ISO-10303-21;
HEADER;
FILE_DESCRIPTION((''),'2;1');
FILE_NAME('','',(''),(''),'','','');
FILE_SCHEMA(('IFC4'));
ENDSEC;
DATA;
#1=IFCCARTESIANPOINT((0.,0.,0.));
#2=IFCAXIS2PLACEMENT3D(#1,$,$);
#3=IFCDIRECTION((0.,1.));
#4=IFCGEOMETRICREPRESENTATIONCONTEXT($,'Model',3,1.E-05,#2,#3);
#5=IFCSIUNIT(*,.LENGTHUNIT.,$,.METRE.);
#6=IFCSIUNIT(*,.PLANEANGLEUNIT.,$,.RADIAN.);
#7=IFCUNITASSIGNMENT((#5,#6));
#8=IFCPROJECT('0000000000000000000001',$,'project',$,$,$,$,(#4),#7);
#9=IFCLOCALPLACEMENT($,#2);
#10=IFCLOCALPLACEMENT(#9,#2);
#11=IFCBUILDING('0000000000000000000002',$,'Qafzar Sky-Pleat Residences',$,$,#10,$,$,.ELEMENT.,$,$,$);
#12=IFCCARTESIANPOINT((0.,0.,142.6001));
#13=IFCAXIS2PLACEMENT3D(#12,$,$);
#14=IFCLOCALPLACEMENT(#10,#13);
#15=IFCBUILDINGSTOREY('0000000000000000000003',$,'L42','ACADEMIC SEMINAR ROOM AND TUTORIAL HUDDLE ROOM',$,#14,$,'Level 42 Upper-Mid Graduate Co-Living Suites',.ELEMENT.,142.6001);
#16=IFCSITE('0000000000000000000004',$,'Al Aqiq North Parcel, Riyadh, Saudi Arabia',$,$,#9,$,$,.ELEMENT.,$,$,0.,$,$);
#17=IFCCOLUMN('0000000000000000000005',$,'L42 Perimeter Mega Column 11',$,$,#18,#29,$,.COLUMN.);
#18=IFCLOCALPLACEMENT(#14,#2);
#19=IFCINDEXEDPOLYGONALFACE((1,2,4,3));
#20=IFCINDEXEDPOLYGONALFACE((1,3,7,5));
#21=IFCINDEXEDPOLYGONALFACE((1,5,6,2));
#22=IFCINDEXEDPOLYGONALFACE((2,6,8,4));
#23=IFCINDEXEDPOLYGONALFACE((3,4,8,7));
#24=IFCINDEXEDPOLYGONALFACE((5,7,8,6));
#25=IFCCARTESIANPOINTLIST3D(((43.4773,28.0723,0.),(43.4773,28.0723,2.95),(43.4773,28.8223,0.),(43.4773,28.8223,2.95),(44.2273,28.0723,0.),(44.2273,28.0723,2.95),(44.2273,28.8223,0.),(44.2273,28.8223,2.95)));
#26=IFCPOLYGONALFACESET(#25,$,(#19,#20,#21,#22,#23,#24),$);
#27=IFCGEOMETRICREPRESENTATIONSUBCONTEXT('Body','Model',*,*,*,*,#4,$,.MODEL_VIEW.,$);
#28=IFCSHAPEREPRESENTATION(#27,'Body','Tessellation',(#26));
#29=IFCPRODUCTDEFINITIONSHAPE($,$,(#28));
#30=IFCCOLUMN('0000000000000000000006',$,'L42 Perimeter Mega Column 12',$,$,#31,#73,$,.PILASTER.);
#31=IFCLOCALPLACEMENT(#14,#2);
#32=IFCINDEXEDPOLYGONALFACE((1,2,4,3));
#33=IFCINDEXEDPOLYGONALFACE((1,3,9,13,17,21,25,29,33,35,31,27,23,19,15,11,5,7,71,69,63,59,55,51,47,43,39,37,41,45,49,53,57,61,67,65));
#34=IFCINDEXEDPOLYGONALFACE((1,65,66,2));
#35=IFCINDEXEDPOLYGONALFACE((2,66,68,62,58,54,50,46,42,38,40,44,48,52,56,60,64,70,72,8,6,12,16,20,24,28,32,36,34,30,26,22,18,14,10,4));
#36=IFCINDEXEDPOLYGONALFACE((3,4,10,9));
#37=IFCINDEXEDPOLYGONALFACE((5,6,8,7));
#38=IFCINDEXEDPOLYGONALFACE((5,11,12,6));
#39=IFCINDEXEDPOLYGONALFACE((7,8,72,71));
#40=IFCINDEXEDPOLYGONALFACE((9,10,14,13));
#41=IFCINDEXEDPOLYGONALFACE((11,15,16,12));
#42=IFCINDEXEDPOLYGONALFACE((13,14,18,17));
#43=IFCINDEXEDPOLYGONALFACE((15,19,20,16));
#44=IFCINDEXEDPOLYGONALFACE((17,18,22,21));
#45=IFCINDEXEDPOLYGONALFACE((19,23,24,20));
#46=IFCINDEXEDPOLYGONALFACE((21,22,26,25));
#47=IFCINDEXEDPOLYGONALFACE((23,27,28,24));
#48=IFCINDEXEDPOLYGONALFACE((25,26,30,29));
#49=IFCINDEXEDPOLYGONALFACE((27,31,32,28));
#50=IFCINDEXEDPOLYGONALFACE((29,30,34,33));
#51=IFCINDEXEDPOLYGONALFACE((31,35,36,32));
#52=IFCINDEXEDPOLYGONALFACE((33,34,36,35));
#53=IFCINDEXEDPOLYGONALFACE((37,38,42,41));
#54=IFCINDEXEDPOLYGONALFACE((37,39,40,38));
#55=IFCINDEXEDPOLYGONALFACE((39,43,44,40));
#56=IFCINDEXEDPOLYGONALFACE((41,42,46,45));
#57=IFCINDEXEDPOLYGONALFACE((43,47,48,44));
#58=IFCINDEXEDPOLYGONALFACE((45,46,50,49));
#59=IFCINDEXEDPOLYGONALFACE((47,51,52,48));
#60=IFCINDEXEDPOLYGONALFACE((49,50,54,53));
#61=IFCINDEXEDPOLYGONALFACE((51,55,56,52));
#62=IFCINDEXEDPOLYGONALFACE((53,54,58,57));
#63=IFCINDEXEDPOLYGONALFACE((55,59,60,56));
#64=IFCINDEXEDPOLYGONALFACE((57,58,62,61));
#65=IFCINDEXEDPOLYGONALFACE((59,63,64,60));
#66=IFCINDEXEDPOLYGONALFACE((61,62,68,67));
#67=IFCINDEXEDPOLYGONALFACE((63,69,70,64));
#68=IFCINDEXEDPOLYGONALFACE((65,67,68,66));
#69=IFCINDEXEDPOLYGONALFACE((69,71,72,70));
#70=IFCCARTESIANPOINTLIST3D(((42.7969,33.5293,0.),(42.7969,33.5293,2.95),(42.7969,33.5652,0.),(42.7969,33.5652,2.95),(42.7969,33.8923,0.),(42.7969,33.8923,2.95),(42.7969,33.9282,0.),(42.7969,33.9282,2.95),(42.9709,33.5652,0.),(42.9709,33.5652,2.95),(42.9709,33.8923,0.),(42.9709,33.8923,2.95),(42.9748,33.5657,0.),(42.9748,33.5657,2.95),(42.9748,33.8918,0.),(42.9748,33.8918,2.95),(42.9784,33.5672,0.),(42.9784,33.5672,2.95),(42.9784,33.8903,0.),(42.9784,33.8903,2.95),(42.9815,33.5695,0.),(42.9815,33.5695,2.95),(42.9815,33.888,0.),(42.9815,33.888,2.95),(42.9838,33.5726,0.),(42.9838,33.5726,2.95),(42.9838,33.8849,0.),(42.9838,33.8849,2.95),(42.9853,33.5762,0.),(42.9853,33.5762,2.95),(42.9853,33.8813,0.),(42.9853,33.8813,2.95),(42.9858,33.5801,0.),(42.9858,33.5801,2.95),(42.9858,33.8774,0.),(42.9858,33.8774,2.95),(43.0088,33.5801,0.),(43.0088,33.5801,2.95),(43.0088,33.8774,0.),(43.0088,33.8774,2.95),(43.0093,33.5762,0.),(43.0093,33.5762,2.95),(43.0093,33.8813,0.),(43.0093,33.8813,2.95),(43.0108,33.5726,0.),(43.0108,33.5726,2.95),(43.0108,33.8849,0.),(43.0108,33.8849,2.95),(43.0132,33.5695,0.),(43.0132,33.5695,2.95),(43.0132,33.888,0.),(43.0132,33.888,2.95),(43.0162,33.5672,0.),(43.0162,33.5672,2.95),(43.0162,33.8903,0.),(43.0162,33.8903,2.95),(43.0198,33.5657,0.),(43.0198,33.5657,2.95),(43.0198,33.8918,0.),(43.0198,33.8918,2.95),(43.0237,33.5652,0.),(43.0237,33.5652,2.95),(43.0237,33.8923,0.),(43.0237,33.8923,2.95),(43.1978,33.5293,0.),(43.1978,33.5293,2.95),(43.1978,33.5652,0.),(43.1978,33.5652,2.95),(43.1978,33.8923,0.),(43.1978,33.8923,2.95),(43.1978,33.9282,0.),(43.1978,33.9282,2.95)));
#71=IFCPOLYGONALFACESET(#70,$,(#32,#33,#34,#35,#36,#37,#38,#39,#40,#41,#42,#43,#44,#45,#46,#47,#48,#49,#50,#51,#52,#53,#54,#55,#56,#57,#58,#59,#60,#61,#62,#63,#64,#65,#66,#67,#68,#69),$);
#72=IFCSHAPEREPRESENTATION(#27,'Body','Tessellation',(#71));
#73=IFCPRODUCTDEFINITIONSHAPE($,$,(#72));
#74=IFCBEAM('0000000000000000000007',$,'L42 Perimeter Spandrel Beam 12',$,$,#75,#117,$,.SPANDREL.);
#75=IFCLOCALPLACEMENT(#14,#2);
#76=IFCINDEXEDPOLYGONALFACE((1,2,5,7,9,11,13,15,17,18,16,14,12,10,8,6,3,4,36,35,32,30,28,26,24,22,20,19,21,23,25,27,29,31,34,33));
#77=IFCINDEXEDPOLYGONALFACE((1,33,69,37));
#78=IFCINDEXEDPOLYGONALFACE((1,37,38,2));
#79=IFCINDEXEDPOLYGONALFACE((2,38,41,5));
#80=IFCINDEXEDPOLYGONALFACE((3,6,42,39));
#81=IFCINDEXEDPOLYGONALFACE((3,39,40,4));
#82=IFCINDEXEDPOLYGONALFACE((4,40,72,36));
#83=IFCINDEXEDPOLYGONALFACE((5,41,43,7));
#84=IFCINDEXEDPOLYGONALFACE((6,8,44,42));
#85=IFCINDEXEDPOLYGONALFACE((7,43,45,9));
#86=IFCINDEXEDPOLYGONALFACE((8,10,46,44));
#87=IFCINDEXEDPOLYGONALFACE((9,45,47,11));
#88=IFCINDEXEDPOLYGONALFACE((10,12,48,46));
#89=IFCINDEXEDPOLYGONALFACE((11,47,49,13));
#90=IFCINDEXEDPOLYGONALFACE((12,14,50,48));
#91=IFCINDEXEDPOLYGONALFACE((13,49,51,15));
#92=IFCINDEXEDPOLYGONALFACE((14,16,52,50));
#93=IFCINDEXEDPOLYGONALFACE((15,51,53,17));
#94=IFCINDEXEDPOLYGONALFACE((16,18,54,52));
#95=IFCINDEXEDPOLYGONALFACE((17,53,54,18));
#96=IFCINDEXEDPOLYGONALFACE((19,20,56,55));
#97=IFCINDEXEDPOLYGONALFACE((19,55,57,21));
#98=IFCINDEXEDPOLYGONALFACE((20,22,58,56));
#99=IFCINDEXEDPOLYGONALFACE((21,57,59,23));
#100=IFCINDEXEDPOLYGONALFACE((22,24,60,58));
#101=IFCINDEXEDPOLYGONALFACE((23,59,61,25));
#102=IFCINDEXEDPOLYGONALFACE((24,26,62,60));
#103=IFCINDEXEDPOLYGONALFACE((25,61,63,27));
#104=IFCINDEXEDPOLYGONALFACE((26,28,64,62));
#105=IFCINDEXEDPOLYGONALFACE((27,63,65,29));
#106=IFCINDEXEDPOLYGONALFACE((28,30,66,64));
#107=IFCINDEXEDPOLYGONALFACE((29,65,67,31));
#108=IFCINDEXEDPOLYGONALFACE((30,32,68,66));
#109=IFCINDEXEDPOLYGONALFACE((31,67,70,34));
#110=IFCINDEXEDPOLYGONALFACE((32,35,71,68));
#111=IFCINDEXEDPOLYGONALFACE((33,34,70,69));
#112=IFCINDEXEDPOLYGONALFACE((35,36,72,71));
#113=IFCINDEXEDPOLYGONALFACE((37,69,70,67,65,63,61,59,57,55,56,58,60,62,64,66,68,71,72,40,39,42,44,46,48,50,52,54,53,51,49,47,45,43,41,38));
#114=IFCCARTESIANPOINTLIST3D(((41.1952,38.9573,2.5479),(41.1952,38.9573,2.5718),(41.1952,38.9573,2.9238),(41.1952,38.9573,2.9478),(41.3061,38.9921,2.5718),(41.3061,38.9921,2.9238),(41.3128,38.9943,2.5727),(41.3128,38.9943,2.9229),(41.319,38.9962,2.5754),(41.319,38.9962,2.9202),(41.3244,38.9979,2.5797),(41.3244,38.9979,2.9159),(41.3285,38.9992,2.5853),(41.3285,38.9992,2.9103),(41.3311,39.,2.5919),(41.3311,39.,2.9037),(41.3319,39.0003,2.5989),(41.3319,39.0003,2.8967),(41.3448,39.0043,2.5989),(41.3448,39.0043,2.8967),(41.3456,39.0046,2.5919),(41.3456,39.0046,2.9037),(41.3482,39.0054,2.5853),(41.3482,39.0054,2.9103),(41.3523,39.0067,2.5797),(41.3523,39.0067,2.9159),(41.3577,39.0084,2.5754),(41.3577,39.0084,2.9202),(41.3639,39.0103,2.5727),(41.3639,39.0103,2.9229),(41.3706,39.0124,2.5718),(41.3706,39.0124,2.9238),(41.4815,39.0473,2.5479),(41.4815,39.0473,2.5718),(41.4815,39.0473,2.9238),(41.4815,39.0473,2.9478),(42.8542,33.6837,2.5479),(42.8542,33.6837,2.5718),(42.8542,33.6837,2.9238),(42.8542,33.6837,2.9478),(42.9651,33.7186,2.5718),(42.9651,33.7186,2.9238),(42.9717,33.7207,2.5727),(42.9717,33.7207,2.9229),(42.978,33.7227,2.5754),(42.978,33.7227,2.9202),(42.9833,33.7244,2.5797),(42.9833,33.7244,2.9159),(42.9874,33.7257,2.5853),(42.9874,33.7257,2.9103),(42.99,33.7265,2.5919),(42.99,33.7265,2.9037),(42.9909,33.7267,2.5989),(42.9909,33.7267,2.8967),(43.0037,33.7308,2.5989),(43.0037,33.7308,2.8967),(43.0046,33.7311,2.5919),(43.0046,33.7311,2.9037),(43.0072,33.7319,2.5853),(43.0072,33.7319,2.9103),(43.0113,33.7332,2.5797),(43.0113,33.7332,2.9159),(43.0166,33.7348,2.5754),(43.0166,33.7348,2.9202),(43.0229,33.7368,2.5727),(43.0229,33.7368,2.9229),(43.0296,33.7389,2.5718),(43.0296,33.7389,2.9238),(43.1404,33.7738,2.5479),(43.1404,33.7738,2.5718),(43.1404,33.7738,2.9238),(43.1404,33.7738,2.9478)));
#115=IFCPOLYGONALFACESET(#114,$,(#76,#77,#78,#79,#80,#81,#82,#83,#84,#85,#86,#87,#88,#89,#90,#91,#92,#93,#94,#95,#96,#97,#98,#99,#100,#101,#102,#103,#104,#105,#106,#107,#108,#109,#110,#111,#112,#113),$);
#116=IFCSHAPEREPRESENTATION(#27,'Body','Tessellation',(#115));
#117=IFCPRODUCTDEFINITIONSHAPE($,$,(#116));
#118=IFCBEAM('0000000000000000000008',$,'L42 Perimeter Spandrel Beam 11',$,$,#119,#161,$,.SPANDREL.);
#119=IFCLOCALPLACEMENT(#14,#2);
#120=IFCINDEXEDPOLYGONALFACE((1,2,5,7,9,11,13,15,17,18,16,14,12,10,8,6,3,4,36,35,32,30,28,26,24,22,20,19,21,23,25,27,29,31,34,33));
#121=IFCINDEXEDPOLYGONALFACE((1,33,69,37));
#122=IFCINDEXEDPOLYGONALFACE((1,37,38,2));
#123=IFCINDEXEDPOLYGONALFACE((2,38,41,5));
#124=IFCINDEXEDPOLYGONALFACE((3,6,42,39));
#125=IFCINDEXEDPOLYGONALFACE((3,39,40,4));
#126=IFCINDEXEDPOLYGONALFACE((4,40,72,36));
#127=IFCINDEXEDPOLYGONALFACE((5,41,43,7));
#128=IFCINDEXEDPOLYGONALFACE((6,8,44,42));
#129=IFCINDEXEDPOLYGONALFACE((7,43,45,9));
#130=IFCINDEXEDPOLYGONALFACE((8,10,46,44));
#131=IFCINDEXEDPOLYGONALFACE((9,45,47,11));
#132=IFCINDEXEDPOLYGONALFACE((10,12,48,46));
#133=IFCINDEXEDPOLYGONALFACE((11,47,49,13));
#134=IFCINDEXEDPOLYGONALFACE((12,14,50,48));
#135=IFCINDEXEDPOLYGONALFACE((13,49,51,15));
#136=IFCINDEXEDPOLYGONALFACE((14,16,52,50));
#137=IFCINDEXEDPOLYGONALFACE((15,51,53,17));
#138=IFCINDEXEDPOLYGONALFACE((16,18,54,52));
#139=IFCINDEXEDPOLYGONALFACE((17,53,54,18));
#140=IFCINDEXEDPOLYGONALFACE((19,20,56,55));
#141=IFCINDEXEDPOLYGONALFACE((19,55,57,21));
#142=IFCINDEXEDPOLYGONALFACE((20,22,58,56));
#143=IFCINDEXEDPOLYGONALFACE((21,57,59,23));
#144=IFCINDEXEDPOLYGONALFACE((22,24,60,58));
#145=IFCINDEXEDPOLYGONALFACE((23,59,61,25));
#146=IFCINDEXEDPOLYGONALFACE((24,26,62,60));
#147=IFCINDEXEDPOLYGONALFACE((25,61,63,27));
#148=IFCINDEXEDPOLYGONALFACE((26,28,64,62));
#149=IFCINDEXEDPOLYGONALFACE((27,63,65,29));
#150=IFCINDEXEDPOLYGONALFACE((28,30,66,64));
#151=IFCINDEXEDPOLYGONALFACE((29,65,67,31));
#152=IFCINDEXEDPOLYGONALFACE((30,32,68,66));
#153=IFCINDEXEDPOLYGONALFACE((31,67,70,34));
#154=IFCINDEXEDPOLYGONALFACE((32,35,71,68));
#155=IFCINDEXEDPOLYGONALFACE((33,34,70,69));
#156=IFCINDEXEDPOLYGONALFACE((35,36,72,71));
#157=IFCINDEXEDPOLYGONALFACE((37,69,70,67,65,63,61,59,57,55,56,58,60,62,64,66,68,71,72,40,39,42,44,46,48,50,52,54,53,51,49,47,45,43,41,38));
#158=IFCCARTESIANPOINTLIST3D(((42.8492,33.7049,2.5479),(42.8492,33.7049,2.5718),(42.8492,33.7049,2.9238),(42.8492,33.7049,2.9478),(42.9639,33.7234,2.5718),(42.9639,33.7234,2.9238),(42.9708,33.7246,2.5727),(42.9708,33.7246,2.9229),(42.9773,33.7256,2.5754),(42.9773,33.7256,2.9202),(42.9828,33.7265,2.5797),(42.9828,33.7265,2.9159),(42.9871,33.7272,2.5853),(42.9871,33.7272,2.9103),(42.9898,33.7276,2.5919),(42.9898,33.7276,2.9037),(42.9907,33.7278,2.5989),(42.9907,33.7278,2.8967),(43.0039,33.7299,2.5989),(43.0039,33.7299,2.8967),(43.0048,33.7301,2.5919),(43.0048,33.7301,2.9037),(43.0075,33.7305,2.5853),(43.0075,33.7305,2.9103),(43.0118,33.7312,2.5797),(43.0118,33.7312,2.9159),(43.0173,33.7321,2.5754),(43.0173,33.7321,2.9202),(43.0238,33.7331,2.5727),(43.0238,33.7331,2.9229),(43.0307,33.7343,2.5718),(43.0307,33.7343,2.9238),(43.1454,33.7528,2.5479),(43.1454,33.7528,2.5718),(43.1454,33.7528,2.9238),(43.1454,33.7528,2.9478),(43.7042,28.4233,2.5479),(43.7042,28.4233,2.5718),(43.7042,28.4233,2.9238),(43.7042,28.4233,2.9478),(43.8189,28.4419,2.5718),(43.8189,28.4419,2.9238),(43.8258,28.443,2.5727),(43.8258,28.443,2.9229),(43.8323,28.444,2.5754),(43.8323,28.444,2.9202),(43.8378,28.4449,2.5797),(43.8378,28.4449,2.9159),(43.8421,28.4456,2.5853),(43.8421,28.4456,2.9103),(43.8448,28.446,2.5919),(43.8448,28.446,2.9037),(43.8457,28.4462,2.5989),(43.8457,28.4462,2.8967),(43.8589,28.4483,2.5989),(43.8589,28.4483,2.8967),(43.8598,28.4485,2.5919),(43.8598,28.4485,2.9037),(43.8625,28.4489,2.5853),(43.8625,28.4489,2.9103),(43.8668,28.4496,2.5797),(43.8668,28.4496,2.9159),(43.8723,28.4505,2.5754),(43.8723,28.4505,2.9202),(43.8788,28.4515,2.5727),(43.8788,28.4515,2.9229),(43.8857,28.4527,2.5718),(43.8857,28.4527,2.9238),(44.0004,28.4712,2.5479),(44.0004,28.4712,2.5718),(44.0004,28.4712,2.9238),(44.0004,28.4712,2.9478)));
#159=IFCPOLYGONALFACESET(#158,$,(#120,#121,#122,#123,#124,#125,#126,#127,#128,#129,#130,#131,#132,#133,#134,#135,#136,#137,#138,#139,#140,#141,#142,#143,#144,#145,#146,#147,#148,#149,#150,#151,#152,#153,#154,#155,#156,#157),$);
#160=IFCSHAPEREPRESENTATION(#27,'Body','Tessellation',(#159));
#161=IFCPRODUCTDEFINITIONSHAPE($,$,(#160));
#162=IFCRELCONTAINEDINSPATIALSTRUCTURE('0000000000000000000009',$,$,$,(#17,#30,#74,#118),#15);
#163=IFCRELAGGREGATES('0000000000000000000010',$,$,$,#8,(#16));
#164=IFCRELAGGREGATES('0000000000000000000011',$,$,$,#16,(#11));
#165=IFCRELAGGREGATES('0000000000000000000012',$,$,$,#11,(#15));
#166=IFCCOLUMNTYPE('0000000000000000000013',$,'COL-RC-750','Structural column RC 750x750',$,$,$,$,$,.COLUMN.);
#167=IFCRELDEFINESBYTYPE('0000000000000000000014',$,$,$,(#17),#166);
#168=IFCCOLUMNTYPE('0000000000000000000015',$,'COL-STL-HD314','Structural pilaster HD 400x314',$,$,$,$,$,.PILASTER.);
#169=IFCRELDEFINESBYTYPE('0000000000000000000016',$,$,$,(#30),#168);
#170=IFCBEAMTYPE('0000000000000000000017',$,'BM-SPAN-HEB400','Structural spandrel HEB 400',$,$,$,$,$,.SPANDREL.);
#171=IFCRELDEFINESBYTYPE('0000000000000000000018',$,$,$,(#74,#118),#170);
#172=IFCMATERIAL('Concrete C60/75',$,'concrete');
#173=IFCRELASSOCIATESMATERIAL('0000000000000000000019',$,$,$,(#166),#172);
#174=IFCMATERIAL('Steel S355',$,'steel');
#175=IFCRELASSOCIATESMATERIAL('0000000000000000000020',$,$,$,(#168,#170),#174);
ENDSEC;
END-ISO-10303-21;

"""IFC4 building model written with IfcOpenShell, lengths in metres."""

from ifc_helpers import new_model, si_unit, direction, frame, origin, origin_2d, place, context, subcontext, project, spatial, rectangle, i_section, extrude, source, transform, mapped, material, material_profile, profile_set, type_object, element, save


model = new_model("IFC4")

# Units and contexts
model_context = context("Model", 3, precision=1e-05, world=origin(), true_north=direction((0.0, 1.0)))
body_context = subcontext(model_context, "Body", "Model", "MODEL_VIEW")
ifc_project = project(units=[si_unit("LENGTHUNIT", "METRE"), si_unit("PLANEANGLEUNIT", "RADIAN")], contexts=[model_context])

# Site, building, storey
site_placement = place(None, origin())
site = spatial("IfcSite", under=ifc_project, at=site_placement, Name="Al Aqiq North Parcel, Riyadh, Saudi Arabia", CompositionType="ELEMENT", RefElevation=0.0)
building_placement = place(site_placement, origin())
building = spatial("IfcBuilding", under=site, at=building_placement, Name="Qafzar Sky-Pleat Residences", CompositionType="ELEMENT")
storey_placement = place(building_placement, frame((0.0, 0.0, 142.6001)))
storey = spatial("IfcBuildingStorey", under=building, at=storey_placement, Name="L42", Description="ACADEMIC SEMINAR ROOM AND TUTORIAL HUDDLE ROOM", LongName="Level 42 Upper-Mid Graduate Co-Living Suites", CompositionType="ELEMENT", Elevation=142.6001)

# Columns
ifc_material_1 = material(Name="Concrete C60/75", Category="concrete")
ifc_material_profile_1 = material_profile(ifc_material_1, rectangle(XDim=0.75, YDim=0.75, at=origin_2d()), Name="RC 750x750")
ifc_profile_set_1 = profile_set([ifc_material_profile_1], Name="Concrete C60/75")
column_type_1 = type_object("IfcColumnType", Name="COL-RC-750", Description="Structural column RC 750x750", PredefinedType="COLUMN", material=ifc_profile_set_1)
shared_shape_1 = source(origin(), body_context, "Body", "SweptSolid", [
    extrude(rectangle(XDim=0.75, YDim=0.75, at=origin_2d()), origin(), (0.0, 0.0, 1.0), 2.95),
])
column_1_placement = place(storey_placement, frame((43.8523, 28.4473, 0.0), z_axis=(0.0, 0.0, 1.0), x_axis=(1.0, 0.0, 0.0)))
element("IfcColumn", 1, at=column_1_placement, inside=storey, type_object=column_type_1, Name="L42 Perimeter Mega Column 11", PredefinedType="COLUMN", context=body_context, shape_type="MappedRepresentation", body=[
    mapped(shared_shape_1, transform((0.0, 0.0, 0.0), x_axis=(1.0, 0.0, 0.0), y_axis=(0.0, 1.0, 0.0), z_axis=(0.0, 0.0, 1.0), scale=1.0)),
])
ifc_material_2 = material(Name="Steel S355", Category="steel")
ifc_material_profile_2 = material_profile(ifc_material_2, i_section(OverallWidth=0.4009, OverallDepth=0.3989, WebThickness=0.0229, FlangeThickness=0.0359, FilletRadius=0.0149, at=origin_2d()), Name="HD 400x314")
ifc_profile_set_2 = profile_set([ifc_material_profile_2], Name="Steel S355")
column_type_2 = type_object("IfcColumnType", Name="COL-STL-HD314", Description="Structural pilaster HD 400x314", PredefinedType="PILASTER", material=ifc_profile_set_2)
shared_shape_2 = source(origin(), body_context, "Body", "SweptSolid", [
    extrude(i_section(OverallWidth=0.4009, OverallDepth=0.3989, WebThickness=0.0229, FlangeThickness=0.0359, FilletRadius=0.0149, at=origin_2d()), origin(), (0.0, 0.0, 1.0), 2.95),
])
column_2_placement = place(storey_placement, frame((42.9973, 33.7288, 0.0), z_axis=(0.0, 0.0, 1.0), x_axis=(1.0, 0.0, 0.0)))
element("IfcColumn", 2, at=column_2_placement, inside=storey, type_object=column_type_2, Name="L42 Perimeter Mega Column 12", PredefinedType="PILASTER", context=body_context, shape_type="MappedRepresentation", body=[
    mapped(shared_shape_2, transform((0.0, 0.0, 0.0), x_axis=(1.0, 0.0, 0.0), y_axis=(0.0, 1.0, 0.0), z_axis=(0.0, 0.0, 1.0), scale=1.0)),
])

# Beams
ifc_material_profile_3 = material_profile(ifc_material_2, i_section(OverallWidth=0.3, OverallDepth=0.3999, WebThickness=0.0134, FlangeThickness=0.0239, FilletRadius=0.0271, at=origin_2d()), Name="HEB 400")
ifc_profile_set_3 = profile_set([ifc_material_profile_3], Name="Steel S355")
beam_type_1 = type_object("IfcBeamType", Name="BM-SPAN-HEB400", Description="Structural spandrel HEB 400", PredefinedType="SPANDREL", material=ifc_profile_set_3)
shared_shape_3 = source(origin(), body_context, "Body", "SweptSolid", [
    extrude(i_section(OverallWidth=0.3, OverallDepth=0.3999, WebThickness=0.0134, FlangeThickness=0.0239, FilletRadius=0.0271, at=origin_2d()), origin(), (0.0, 0.0, 1.0), 5.5283),
])
beam_1_placement = place(storey_placement, frame((42.9973, 33.7288, 2.7478), z_axis=(-0.300085, 0.953912, 0.0), x_axis=(-0.953912, -0.300085, 0.0)))
element("IfcBeam", 3, at=beam_1_placement, inside=storey, type_object=beam_type_1, Name="L42 Perimeter Spandrel Beam 12", PredefinedType="SPANDREL", context=body_context, shape_type="MappedRepresentation", body=[
    mapped(shared_shape_3, transform((0.0, 0.0, 0.0), x_axis=(1.0, 0.0, 0.0), y_axis=(0.0, 1.0, 0.0), z_axis=(0.0, 0.0, 1.0), scale=1.0)),
])
shared_shape_4 = source(origin(), body_context, "Body", "SweptSolid", [
    extrude(i_section(OverallWidth=0.3, OverallDepth=0.3999, WebThickness=0.0134, FlangeThickness=0.0239, FilletRadius=0.0271, at=origin_2d()), origin(), (0.0, 0.0, 1.0), 5.3503),
])
beam_2_placement = place(storey_placement, frame((43.8523, 28.4473, 2.7478), z_axis=(-0.159802, 0.987149, 0.0), x_axis=(-0.987149, -0.159802, 0.0)))
element("IfcBeam", 4, at=beam_2_placement, inside=storey, type_object=beam_type_1, Name="L42 Perimeter Spandrel Beam 11", PredefinedType="SPANDREL", context=body_context, shape_type="MappedRepresentation", body=[
    mapped(shared_shape_4, transform((0.0, 0.0, 0.0), x_axis=(1.0, 0.0, 0.0), y_axis=(0.0, 1.0, 0.0), z_axis=(0.0, 0.0, 1.0), scale=1.0)),
])

save(model, "model.ifc")
